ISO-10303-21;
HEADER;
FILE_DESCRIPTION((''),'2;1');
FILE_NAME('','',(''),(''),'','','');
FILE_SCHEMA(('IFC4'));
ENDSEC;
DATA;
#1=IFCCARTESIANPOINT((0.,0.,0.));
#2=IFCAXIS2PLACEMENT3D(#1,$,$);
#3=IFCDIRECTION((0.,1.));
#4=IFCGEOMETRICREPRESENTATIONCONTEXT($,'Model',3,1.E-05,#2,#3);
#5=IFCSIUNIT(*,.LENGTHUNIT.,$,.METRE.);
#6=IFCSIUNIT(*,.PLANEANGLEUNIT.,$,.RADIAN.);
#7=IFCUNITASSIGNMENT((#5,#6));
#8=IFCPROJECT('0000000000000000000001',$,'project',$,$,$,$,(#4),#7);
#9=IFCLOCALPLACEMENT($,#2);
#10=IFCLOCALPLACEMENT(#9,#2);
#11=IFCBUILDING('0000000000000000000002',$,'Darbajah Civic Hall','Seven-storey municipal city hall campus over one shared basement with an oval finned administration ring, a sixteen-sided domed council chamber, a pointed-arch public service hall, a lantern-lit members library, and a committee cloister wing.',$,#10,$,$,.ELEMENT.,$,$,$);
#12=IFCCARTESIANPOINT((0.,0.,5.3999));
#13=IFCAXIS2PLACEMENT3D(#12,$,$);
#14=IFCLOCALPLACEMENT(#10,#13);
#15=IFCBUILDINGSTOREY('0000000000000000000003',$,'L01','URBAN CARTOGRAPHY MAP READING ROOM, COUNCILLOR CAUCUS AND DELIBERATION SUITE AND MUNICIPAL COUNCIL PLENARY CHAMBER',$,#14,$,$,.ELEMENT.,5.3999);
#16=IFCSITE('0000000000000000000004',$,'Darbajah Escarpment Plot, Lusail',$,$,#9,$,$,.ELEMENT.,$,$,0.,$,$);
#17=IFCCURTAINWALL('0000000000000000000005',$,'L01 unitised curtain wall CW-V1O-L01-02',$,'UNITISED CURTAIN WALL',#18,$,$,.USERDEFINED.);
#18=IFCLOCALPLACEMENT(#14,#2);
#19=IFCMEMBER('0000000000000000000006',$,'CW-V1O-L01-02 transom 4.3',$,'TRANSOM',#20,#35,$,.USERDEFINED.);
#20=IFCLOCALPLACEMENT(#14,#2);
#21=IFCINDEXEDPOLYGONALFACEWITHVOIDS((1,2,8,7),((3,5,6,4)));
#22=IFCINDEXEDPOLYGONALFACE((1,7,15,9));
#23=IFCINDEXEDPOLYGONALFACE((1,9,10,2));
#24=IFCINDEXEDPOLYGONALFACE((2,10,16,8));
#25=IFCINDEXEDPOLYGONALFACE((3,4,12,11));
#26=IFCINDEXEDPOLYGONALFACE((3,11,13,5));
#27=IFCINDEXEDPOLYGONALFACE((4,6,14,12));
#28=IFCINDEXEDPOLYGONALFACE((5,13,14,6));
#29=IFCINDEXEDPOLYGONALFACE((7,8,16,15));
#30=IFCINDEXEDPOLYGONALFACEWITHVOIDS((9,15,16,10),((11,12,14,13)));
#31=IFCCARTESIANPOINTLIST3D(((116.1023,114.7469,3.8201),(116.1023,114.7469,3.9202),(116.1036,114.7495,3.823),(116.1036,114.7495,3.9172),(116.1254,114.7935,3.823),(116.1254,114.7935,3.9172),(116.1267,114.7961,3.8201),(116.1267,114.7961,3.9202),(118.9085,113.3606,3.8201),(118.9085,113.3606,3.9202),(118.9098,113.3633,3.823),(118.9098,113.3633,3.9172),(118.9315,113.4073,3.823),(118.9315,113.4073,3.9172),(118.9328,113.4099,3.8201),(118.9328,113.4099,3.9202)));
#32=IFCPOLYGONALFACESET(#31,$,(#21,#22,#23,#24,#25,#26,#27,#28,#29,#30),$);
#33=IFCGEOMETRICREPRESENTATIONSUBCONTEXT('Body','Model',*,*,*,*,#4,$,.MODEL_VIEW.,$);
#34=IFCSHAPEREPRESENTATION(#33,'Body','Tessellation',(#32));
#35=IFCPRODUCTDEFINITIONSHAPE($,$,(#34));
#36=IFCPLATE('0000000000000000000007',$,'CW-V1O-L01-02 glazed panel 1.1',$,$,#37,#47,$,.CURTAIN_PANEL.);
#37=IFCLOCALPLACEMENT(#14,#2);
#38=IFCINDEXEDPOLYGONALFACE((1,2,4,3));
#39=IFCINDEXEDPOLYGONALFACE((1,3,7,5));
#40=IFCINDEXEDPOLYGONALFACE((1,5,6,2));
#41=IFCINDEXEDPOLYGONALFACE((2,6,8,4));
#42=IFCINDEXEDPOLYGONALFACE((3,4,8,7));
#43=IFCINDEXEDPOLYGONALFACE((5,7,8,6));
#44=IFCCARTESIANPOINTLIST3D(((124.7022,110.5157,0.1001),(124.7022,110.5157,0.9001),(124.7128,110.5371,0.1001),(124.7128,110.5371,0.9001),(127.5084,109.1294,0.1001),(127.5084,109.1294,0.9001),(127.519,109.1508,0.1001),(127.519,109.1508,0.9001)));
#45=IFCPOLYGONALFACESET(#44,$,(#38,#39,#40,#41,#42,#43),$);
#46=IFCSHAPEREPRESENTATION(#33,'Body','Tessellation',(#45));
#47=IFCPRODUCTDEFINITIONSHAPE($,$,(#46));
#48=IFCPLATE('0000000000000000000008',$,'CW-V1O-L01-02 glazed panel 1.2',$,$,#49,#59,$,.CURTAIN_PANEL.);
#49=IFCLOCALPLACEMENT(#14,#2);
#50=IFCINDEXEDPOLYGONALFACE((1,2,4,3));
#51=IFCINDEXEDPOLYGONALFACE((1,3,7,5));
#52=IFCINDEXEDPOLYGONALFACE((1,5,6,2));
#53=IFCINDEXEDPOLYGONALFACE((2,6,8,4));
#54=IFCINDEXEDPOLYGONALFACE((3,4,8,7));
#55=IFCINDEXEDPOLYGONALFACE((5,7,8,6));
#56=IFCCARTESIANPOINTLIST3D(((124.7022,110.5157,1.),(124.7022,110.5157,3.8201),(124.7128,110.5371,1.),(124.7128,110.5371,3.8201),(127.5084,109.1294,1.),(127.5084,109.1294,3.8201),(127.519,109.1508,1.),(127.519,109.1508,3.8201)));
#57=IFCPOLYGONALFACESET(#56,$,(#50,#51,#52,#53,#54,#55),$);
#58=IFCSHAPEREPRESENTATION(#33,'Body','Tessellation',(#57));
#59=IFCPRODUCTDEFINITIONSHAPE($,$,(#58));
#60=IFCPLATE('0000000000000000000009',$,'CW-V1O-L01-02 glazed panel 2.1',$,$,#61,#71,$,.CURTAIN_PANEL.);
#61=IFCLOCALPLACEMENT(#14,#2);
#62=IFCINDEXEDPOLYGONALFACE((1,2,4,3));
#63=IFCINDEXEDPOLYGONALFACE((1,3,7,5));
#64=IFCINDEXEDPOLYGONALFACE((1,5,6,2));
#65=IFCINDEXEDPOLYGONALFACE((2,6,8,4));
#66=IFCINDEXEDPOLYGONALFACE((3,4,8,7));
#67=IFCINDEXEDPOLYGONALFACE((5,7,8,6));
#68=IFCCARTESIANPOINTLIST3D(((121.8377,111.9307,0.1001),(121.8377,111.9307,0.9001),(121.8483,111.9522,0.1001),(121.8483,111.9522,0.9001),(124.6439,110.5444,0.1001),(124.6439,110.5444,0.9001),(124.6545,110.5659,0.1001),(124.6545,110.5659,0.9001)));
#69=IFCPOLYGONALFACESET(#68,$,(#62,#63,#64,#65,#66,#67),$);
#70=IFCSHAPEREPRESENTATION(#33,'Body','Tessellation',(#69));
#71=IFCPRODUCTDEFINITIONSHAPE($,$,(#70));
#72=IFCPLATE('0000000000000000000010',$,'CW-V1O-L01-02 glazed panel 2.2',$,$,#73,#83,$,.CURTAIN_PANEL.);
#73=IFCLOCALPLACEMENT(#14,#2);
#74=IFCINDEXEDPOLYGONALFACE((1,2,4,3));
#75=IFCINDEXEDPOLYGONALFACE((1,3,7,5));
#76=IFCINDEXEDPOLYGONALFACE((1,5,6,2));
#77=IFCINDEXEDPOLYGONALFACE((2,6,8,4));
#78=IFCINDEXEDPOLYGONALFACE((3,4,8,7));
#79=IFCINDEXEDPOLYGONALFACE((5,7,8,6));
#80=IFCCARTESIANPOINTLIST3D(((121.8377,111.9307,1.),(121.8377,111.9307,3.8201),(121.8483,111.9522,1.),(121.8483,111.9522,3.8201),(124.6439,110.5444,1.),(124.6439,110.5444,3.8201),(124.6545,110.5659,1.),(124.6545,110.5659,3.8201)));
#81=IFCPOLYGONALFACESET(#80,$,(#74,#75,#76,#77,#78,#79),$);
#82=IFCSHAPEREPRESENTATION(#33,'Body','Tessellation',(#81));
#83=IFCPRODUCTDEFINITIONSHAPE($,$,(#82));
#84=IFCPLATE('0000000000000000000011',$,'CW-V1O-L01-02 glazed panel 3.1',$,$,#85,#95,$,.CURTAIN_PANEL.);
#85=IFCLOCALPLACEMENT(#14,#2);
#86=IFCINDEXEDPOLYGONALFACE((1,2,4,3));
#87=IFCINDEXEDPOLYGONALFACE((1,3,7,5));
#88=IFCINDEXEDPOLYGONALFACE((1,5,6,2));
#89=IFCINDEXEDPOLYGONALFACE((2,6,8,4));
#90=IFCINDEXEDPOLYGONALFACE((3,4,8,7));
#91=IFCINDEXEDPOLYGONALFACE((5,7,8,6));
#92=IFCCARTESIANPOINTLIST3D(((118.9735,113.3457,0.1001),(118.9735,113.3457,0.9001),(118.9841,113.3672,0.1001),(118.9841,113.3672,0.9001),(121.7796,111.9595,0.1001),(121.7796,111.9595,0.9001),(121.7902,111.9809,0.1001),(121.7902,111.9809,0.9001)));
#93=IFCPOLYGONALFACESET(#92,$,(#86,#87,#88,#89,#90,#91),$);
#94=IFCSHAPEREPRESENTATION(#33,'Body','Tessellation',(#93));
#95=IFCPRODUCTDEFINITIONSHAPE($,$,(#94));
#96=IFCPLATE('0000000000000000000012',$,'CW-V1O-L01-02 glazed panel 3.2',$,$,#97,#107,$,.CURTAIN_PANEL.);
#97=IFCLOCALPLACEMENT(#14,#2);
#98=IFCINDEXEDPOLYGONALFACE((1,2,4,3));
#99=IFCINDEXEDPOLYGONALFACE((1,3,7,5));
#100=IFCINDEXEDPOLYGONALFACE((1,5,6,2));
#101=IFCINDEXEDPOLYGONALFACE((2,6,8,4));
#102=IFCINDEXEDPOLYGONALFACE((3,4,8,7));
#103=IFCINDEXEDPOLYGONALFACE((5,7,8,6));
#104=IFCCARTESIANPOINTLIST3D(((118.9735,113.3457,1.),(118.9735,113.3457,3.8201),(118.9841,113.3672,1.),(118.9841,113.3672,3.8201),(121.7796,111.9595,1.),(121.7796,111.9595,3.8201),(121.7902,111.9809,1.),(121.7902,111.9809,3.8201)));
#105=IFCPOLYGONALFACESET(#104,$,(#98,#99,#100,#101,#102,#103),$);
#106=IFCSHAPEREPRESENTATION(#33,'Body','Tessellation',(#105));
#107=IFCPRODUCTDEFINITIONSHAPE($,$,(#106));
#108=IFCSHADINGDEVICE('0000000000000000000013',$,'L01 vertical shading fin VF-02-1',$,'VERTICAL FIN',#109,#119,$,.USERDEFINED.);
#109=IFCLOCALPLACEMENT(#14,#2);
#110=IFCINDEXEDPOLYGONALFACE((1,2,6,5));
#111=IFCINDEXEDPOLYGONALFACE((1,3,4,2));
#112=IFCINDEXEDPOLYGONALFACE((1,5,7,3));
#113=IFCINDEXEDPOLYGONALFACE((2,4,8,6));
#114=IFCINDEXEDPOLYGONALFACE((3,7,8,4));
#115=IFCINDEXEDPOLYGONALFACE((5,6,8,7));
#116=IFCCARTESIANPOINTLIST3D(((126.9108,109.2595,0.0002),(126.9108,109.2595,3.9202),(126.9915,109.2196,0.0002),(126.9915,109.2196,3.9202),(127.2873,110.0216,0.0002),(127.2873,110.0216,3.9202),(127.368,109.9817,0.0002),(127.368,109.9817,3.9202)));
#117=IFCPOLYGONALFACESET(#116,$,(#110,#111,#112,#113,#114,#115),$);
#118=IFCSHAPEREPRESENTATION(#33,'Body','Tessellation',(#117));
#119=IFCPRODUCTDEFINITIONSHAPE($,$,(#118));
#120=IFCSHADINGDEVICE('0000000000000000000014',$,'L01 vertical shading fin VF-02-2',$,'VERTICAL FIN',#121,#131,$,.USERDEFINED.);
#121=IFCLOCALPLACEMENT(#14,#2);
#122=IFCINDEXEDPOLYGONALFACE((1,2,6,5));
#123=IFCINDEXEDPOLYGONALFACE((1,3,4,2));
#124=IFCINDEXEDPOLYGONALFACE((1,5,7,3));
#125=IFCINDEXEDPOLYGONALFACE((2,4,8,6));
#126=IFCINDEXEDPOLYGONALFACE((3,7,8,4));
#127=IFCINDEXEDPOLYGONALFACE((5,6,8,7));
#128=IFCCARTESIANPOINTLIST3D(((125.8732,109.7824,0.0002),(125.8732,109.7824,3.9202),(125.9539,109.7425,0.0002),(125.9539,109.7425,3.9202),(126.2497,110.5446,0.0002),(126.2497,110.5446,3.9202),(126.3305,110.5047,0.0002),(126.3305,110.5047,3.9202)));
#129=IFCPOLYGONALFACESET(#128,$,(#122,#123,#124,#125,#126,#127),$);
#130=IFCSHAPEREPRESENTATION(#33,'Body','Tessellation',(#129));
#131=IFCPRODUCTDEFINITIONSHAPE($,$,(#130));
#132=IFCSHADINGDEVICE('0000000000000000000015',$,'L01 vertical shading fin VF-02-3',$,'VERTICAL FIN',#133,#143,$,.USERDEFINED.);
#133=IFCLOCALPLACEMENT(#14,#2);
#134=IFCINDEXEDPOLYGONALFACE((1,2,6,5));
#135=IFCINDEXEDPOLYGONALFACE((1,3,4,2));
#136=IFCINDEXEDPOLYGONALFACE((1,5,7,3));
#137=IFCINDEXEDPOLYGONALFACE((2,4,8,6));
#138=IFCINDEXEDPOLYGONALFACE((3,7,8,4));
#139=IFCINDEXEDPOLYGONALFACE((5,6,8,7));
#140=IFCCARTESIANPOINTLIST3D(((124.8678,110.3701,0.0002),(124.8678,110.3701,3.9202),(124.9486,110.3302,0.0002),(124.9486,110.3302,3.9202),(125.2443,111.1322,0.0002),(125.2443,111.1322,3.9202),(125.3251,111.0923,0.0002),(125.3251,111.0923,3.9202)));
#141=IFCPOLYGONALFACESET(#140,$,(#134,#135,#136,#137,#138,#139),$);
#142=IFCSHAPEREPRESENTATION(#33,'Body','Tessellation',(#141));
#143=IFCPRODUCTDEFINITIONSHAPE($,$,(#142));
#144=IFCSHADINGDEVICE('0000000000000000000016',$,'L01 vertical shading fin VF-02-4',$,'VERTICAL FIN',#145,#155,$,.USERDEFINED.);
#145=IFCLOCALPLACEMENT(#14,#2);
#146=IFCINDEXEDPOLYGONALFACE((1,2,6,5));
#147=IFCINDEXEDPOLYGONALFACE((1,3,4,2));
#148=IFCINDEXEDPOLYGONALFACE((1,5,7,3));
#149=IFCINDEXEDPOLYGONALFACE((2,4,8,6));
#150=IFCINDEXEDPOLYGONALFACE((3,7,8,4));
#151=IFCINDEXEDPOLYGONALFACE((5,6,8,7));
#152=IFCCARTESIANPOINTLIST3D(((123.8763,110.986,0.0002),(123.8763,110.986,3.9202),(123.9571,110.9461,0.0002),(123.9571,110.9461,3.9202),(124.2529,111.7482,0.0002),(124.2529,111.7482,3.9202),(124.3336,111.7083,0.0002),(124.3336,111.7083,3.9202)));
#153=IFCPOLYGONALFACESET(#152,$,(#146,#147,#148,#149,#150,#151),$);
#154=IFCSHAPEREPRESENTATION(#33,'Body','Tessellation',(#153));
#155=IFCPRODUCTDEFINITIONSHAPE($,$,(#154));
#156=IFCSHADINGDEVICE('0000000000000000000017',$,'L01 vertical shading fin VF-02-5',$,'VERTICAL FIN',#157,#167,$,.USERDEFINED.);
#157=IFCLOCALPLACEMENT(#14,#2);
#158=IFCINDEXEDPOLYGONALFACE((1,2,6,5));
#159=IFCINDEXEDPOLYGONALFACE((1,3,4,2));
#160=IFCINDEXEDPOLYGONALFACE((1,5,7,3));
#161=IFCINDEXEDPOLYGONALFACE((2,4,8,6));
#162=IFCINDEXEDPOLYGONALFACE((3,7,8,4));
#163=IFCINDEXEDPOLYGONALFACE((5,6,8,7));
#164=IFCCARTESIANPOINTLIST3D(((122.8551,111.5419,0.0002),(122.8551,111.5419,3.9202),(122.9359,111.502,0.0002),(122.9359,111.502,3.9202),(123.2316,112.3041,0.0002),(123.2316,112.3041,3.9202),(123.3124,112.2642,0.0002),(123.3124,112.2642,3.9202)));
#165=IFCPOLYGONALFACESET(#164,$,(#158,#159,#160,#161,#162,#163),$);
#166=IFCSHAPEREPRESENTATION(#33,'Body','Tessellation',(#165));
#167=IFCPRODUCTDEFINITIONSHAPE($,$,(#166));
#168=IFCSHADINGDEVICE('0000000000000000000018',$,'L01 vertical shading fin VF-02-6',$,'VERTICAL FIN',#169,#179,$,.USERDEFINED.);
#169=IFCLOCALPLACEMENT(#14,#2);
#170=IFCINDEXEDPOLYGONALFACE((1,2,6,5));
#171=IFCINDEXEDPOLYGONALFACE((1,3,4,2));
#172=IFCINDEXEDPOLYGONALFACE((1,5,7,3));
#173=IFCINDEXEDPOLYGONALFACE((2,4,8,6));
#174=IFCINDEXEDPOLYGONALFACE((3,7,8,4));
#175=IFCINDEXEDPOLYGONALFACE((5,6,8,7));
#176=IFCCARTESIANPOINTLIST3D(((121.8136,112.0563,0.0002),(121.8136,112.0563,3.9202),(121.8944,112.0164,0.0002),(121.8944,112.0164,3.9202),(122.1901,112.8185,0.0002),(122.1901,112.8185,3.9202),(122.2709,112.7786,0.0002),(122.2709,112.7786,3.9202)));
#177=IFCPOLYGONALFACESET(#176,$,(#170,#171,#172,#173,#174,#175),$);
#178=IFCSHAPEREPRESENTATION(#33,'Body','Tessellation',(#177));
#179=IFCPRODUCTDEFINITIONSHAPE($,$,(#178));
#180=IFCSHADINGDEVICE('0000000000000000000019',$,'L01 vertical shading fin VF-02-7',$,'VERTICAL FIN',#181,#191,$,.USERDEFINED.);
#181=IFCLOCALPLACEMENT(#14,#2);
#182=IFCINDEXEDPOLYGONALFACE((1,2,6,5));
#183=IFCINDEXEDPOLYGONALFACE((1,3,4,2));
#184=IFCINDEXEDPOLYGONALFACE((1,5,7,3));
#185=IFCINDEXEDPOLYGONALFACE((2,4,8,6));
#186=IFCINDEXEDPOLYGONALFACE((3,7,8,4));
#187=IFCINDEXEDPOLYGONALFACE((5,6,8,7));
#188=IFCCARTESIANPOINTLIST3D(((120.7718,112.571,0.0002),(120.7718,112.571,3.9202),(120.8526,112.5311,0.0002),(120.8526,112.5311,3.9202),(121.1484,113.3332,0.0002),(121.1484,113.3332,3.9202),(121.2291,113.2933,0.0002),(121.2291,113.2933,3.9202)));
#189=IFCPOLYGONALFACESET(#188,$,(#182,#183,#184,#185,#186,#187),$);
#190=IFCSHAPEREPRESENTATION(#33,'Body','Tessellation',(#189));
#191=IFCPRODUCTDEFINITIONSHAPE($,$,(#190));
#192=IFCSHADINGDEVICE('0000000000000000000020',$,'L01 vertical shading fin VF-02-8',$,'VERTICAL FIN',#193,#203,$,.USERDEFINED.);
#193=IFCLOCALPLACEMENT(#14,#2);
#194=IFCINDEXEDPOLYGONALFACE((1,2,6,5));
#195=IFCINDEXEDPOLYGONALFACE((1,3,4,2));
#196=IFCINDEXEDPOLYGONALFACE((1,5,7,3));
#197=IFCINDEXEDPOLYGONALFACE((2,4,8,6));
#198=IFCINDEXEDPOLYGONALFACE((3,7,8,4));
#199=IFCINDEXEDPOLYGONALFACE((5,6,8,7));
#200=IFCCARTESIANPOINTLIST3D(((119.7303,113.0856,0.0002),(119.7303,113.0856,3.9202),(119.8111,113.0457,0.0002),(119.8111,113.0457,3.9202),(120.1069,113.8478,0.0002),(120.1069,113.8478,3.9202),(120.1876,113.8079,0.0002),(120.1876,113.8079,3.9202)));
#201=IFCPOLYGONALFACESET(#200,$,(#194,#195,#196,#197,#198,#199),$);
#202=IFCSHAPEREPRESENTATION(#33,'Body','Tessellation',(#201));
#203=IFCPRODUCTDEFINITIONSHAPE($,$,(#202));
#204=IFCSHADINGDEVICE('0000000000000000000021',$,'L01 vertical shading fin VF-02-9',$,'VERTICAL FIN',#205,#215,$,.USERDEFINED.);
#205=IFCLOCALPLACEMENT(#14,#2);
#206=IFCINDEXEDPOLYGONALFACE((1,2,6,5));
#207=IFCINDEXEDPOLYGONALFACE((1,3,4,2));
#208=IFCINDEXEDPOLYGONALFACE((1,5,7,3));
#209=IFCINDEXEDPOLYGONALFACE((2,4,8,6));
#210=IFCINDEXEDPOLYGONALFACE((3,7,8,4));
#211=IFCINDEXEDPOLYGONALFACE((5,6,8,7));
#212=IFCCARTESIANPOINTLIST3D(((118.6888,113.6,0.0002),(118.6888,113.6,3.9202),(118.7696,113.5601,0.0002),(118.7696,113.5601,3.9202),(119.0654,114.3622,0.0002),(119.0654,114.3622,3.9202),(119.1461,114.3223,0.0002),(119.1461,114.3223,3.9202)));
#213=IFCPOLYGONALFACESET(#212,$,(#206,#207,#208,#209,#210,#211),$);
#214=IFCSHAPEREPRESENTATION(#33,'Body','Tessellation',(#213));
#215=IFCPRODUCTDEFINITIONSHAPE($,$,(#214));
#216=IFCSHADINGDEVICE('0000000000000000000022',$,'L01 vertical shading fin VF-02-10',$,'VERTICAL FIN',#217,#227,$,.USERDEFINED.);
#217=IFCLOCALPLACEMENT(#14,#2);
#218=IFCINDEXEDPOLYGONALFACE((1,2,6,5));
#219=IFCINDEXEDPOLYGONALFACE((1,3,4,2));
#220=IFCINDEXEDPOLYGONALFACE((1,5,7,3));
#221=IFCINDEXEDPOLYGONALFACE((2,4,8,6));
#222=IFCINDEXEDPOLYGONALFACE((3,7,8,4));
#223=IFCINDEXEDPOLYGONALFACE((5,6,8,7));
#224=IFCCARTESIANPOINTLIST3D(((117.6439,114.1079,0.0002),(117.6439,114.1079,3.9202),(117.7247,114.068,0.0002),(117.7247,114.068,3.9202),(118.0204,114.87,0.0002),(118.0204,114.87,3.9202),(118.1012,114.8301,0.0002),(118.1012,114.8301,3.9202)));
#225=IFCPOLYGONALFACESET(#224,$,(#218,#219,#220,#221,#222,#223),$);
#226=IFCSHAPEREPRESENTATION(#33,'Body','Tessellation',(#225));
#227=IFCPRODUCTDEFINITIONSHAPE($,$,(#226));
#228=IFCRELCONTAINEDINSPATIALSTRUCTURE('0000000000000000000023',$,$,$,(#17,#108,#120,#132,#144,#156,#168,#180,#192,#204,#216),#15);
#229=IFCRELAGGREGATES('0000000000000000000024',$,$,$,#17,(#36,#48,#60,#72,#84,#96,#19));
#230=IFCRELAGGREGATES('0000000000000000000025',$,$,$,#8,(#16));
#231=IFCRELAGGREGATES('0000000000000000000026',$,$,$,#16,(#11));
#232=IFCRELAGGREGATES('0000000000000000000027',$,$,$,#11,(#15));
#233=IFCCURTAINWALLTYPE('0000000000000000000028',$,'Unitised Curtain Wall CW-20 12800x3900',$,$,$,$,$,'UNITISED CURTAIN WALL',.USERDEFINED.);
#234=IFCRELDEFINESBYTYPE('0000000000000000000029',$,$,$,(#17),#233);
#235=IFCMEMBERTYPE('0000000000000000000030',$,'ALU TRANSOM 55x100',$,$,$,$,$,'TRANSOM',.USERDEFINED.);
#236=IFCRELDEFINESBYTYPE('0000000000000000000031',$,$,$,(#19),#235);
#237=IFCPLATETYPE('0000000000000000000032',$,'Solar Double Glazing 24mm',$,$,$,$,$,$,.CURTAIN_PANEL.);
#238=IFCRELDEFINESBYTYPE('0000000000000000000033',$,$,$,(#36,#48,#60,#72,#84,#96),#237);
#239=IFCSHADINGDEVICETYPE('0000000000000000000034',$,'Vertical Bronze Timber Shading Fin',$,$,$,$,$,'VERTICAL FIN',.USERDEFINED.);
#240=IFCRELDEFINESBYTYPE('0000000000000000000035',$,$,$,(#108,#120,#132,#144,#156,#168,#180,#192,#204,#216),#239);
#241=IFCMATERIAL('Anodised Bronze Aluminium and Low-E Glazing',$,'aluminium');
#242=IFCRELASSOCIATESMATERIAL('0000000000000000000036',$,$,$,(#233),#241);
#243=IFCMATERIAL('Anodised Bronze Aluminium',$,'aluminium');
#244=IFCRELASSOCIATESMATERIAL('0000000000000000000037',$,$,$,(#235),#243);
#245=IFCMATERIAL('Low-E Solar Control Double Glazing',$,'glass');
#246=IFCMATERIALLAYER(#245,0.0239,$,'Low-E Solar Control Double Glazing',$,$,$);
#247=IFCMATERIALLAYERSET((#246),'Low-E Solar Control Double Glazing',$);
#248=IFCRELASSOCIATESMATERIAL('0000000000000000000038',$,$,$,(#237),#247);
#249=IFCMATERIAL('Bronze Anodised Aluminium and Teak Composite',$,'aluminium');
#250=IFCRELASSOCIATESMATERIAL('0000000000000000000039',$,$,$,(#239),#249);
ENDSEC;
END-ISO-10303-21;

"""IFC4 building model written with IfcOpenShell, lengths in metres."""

from ifc_helpers import new_model, si_unit, direction, frame, origin, origin_2d, place, context, subcontext, project, spatial, rectangle, hollow_rectangle, extrude, material, layer, layer_set, material_profile, profile_set, type_object, element, aggregate, save


model = new_model("IFC4")

# Units and contexts
model_context = context("Model", 3, precision=1e-05, world=origin(), true_north=direction((0.0, 1.0)))
body_context = subcontext(model_context, "Body", "Model", "MODEL_VIEW")
ifc_project = project(units=[si_unit("LENGTHUNIT", "METRE"), si_unit("PLANEANGLEUNIT", "RADIAN")], contexts=[model_context])

# Site, building, storey
site_placement = place(None, origin())
site = spatial("IfcSite", under=ifc_project, at=site_placement, Name="Darbajah Escarpment Plot, Lusail", CompositionType="ELEMENT", RefElevation=0.0)
building_placement = place(site_placement, origin())
building = spatial("IfcBuilding", under=site, at=building_placement, Name="Darbajah Civic Hall", Description="Seven-storey municipal city hall campus over one shared basement with an oval finned administration ring, a sixteen-sided domed council chamber, a pointed-arch public service hall, a lantern-lit members library, and a committee cloister wing.", CompositionType="ELEMENT")
storey_placement = place(building_placement, frame((0.0, 0.0, 5.3999)))
storey = spatial("IfcBuildingStorey", under=building, at=storey_placement, Name="L01", Description="URBAN CARTOGRAPHY MAP READING ROOM, COUNCILLOR CAUCUS AND DELIBERATION SUITE AND MUNICIPAL COUNCIL PLENARY CHAMBER", CompositionType="ELEMENT", Elevation=5.3999)

# Curtain wall, member, plates
ifc_material_1 = material(Name="Anodised Bronze Aluminium and Low-E Glazing", Category="aluminium")
curtain_wall_type = type_object("IfcCurtainWallType", Name="Unitised Curtain Wall CW-20 12800x3900", ElementType="UNITISED CURTAIN WALL", PredefinedType="USERDEFINED", material=ifc_material_1)
curtain_wall_placement = place(storey_placement, origin())
curtain_wall = element("IfcCurtainWall", 1, at=curtain_wall_placement, inside=storey, type_object=curtain_wall_type, Name="L01 unitised curtain wall CW-V1O-L01-02", ObjectType="UNITISED CURTAIN WALL", PredefinedType="USERDEFINED")
ifc_material_2 = material(Name="Anodised Bronze Aluminium", Category="aluminium")
ifc_material_profile_1 = material_profile(ifc_material_2, hollow_rectangle(XDim=0.0549, YDim=0.1001, WallThickness=0.0029, at=origin_2d()), Name="ALU TRANSOM 55x100")
ifc_profile_set_1 = profile_set([ifc_material_profile_1], Name="Anodised Bronze Aluminium")
member_type_1 = type_object("IfcMemberType", Name="ALU TRANSOM 55x100", ElementType="TRANSOM", PredefinedType="USERDEFINED", material=ifc_profile_set_1)
member_1_placement = place(storey_placement, frame((118.9207, 113.3853, 3.8701), z_axis=(-0.89657, 0.442903, 0.0), x_axis=(-0.442903, -0.89657, 0.0)))
member_1 = element("IfcMember", 2, at=member_1_placement, type_object=member_type_1, Name="CW-V1O-L01-02 transom 4.3", ObjectType="TRANSOM", PredefinedType="USERDEFINED", context=body_context, shape_type="SweptSolid", body=[
    extrude(hollow_rectangle(XDim=0.0549, YDim=0.1001, WallThickness=0.0029, at=origin_2d()), origin(), (0.0, 0.0, 1.0), 3.1299),
])
ifc_material_3 = material(Name="Low-E Solar Control Double Glazing", Category="glass")
ifc_layer = layer(ifc_material_3, 0.0239, Name="Low-E Solar Control Double Glazing")
ifc_layer_set = layer_set([ifc_layer], Name="Low-E Solar Control Double Glazing")
plate_type = type_object("IfcPlateType", Name="Solar Double Glazing 24mm", PredefinedType="CURTAIN_PANEL", material=ifc_layer_set)
plate_1_placement = place(storey_placement, frame((126.1106, 109.8333, 0.1001), z_axis=(0.0, 0.0, 1.0), x_axis=(-0.896564, 0.442915, 0.0)))
plate_1 = element("IfcPlate", 3, at=plate_1_placement, type_object=plate_type, Name="CW-V1O-L01-02 glazed panel 1.1", PredefinedType="CURTAIN_PANEL", context=body_context, shape_type="SweptSolid", body=[
    extrude(rectangle(XDim=3.1299, YDim=0.0239, at=origin_2d()), origin(), (0.0, 0.0, 1.0), 0.8),
])
plate_2_placement = place(storey_placement, frame((126.1106, 109.8333, 1.0), z_axis=(0.0, 0.0, 1.0), x_axis=(-0.896564, 0.442915, 0.0)))
plate_2 = element("IfcPlate", 4, at=plate_2_placement, type_object=plate_type, Name="CW-V1O-L01-02 glazed panel 1.2", PredefinedType="CURTAIN_PANEL", context=body_context, shape_type="SweptSolid", body=[
    extrude(rectangle(XDim=3.1299, YDim=0.0239, at=origin_2d()), origin(), (0.0, 0.0, 1.0), 2.8201),
])
plate_3_placement = place(storey_placement, frame((123.2461, 111.2483, 0.1001), z_axis=(0.0, 0.0, 1.0), x_axis=(-0.896564, 0.442915, 0.0)))
plate_3 = element("IfcPlate", 5, at=plate_3_placement, type_object=plate_type, Name="CW-V1O-L01-02 glazed panel 2.1", PredefinedType="CURTAIN_PANEL", context=body_context, shape_type="SweptSolid", body=[
    extrude(rectangle(XDim=3.1299, YDim=0.0239, at=origin_2d()), origin(), (0.0, 0.0, 1.0), 0.8),
])
plate_4_placement = place(storey_placement, frame((123.2461, 111.2483, 1.0), z_axis=(0.0, 0.0, 1.0), x_axis=(-0.896564, 0.442915, 0.0)))
plate_4 = element("IfcPlate", 6, at=plate_4_placement, type_object=plate_type, Name="CW-V1O-L01-02 glazed panel 2.2", PredefinedType="CURTAIN_PANEL", context=body_context, shape_type="SweptSolid", body=[
    extrude(rectangle(XDim=3.1299, YDim=0.0239, at=origin_2d()), origin(), (0.0, 0.0, 1.0), 2.8201),
])
plate_5_placement = place(storey_placement, frame((120.3818, 112.6633, 0.1001), z_axis=(0.0, 0.0, 1.0), x_axis=(-0.896564, 0.442915, 0.0)))
plate_5 = element("IfcPlate", 7, at=plate_5_placement, type_object=plate_type, Name="CW-V1O-L01-02 glazed panel 3.1", PredefinedType="CURTAIN_PANEL", context=body_context, shape_type="SweptSolid", body=[
    extrude(rectangle(XDim=3.1299, YDim=0.0239, at=origin_2d()), origin(), (0.0, 0.0, 1.0), 0.8),
])
plate_6_placement = place(storey_placement, frame((120.3818, 112.6633, 1.0), z_axis=(0.0, 0.0, 1.0), x_axis=(-0.896564, 0.442915, 0.0)))
plate_6 = element("IfcPlate", 8, at=plate_6_placement, type_object=plate_type, Name="CW-V1O-L01-02 glazed panel 3.2", PredefinedType="CURTAIN_PANEL", context=body_context, shape_type="SweptSolid", body=[
    extrude(rectangle(XDim=3.1299, YDim=0.0239, at=origin_2d()), origin(), (0.0, 0.0, 1.0), 2.8201),
])
aggregate(curtain_wall, [plate_1, plate_2, plate_3, plate_4, plate_5, plate_6, member_1])

# Shading devices
ifc_material_4 = material(Name="Bronze Anodised Aluminium and Teak Composite", Category="aluminium")
shading_device_type = type_object("IfcShadingDeviceType", Name="Vertical Bronze Timber Shading Fin", ElementType="VERTICAL FIN", PredefinedType="USERDEFINED", material=ifc_material_4)
for number, where, z_axis, x_axis, name in (
    (9, (127.1394, 109.6206, 0.0002), (0.0, 0.0, 1.0), (0.442915, 0.896564, 0.0), "L01 vertical shading fin VF-02-1"),
    (10, (126.1018, 110.1436, 0.0002), (0.0, 0.0, 1.0), (0.442915, 0.896564, 0.0), "L01 vertical shading fin VF-02-2"),
    (11, (125.0964, 110.7312, 0.0002), (0.0, 0.0, 1.0), (0.442915, 0.896564, 0.0), "L01 vertical shading fin VF-02-3"),
    (12, (124.105, 111.3472, 0.0002), (0.0, 0.0, 1.0), (0.442915, 0.896564, 0.0), "L01 vertical shading fin VF-02-4"),
    (13, (123.0837, 111.9031, 0.0002), (0.0, 0.0, 1.0), (0.442915, 0.896564, 0.0), "L01 vertical shading fin VF-02-5"),
    (14, (122.0422, 112.4175, 0.0002), (0.0, 0.0, 1.0), (0.442915, 0.896564, 0.0), "L01 vertical shading fin VF-02-6"),
    (15, (121.0005, 112.9321, 0.0002), (0.0, 0.0, 1.0), (0.442915, 0.896564, 0.0), "L01 vertical shading fin VF-02-7"),
    (16, (119.959, 113.4468, 0.0002), (0.0, 0.0, 1.0), (0.442915, 0.896564, 0.0), "L01 vertical shading fin VF-02-8"),
    (17, (118.9175, 113.9612, 0.0002), (0.0, 0.0, 1.0), (0.442915, 0.896564, 0.0), "L01 vertical shading fin VF-02-9"),
    (18, (117.8726, 114.469, 0.0002), (0.0, 0.0, 1.0), (0.442915, 0.896564, 0.0), "L01 vertical shading fin VF-02-10"),
):
    element("IfcShadingDevice", number, at=place(storey_placement, frame(where, z_axis=z_axis, x_axis=x_axis)), inside=storey, type_object=shading_device_type, Name=name, ObjectType="VERTICAL FIN", PredefinedType="USERDEFINED", context=body_context, shape_type="SweptSolid", body=[
        extrude(rectangle(XDim=0.8501, YDim=0.0901, at=origin_2d()), origin(), (0.0, 0.0, 1.0), 3.9199),
    ])

save(model, "model.ifc")
